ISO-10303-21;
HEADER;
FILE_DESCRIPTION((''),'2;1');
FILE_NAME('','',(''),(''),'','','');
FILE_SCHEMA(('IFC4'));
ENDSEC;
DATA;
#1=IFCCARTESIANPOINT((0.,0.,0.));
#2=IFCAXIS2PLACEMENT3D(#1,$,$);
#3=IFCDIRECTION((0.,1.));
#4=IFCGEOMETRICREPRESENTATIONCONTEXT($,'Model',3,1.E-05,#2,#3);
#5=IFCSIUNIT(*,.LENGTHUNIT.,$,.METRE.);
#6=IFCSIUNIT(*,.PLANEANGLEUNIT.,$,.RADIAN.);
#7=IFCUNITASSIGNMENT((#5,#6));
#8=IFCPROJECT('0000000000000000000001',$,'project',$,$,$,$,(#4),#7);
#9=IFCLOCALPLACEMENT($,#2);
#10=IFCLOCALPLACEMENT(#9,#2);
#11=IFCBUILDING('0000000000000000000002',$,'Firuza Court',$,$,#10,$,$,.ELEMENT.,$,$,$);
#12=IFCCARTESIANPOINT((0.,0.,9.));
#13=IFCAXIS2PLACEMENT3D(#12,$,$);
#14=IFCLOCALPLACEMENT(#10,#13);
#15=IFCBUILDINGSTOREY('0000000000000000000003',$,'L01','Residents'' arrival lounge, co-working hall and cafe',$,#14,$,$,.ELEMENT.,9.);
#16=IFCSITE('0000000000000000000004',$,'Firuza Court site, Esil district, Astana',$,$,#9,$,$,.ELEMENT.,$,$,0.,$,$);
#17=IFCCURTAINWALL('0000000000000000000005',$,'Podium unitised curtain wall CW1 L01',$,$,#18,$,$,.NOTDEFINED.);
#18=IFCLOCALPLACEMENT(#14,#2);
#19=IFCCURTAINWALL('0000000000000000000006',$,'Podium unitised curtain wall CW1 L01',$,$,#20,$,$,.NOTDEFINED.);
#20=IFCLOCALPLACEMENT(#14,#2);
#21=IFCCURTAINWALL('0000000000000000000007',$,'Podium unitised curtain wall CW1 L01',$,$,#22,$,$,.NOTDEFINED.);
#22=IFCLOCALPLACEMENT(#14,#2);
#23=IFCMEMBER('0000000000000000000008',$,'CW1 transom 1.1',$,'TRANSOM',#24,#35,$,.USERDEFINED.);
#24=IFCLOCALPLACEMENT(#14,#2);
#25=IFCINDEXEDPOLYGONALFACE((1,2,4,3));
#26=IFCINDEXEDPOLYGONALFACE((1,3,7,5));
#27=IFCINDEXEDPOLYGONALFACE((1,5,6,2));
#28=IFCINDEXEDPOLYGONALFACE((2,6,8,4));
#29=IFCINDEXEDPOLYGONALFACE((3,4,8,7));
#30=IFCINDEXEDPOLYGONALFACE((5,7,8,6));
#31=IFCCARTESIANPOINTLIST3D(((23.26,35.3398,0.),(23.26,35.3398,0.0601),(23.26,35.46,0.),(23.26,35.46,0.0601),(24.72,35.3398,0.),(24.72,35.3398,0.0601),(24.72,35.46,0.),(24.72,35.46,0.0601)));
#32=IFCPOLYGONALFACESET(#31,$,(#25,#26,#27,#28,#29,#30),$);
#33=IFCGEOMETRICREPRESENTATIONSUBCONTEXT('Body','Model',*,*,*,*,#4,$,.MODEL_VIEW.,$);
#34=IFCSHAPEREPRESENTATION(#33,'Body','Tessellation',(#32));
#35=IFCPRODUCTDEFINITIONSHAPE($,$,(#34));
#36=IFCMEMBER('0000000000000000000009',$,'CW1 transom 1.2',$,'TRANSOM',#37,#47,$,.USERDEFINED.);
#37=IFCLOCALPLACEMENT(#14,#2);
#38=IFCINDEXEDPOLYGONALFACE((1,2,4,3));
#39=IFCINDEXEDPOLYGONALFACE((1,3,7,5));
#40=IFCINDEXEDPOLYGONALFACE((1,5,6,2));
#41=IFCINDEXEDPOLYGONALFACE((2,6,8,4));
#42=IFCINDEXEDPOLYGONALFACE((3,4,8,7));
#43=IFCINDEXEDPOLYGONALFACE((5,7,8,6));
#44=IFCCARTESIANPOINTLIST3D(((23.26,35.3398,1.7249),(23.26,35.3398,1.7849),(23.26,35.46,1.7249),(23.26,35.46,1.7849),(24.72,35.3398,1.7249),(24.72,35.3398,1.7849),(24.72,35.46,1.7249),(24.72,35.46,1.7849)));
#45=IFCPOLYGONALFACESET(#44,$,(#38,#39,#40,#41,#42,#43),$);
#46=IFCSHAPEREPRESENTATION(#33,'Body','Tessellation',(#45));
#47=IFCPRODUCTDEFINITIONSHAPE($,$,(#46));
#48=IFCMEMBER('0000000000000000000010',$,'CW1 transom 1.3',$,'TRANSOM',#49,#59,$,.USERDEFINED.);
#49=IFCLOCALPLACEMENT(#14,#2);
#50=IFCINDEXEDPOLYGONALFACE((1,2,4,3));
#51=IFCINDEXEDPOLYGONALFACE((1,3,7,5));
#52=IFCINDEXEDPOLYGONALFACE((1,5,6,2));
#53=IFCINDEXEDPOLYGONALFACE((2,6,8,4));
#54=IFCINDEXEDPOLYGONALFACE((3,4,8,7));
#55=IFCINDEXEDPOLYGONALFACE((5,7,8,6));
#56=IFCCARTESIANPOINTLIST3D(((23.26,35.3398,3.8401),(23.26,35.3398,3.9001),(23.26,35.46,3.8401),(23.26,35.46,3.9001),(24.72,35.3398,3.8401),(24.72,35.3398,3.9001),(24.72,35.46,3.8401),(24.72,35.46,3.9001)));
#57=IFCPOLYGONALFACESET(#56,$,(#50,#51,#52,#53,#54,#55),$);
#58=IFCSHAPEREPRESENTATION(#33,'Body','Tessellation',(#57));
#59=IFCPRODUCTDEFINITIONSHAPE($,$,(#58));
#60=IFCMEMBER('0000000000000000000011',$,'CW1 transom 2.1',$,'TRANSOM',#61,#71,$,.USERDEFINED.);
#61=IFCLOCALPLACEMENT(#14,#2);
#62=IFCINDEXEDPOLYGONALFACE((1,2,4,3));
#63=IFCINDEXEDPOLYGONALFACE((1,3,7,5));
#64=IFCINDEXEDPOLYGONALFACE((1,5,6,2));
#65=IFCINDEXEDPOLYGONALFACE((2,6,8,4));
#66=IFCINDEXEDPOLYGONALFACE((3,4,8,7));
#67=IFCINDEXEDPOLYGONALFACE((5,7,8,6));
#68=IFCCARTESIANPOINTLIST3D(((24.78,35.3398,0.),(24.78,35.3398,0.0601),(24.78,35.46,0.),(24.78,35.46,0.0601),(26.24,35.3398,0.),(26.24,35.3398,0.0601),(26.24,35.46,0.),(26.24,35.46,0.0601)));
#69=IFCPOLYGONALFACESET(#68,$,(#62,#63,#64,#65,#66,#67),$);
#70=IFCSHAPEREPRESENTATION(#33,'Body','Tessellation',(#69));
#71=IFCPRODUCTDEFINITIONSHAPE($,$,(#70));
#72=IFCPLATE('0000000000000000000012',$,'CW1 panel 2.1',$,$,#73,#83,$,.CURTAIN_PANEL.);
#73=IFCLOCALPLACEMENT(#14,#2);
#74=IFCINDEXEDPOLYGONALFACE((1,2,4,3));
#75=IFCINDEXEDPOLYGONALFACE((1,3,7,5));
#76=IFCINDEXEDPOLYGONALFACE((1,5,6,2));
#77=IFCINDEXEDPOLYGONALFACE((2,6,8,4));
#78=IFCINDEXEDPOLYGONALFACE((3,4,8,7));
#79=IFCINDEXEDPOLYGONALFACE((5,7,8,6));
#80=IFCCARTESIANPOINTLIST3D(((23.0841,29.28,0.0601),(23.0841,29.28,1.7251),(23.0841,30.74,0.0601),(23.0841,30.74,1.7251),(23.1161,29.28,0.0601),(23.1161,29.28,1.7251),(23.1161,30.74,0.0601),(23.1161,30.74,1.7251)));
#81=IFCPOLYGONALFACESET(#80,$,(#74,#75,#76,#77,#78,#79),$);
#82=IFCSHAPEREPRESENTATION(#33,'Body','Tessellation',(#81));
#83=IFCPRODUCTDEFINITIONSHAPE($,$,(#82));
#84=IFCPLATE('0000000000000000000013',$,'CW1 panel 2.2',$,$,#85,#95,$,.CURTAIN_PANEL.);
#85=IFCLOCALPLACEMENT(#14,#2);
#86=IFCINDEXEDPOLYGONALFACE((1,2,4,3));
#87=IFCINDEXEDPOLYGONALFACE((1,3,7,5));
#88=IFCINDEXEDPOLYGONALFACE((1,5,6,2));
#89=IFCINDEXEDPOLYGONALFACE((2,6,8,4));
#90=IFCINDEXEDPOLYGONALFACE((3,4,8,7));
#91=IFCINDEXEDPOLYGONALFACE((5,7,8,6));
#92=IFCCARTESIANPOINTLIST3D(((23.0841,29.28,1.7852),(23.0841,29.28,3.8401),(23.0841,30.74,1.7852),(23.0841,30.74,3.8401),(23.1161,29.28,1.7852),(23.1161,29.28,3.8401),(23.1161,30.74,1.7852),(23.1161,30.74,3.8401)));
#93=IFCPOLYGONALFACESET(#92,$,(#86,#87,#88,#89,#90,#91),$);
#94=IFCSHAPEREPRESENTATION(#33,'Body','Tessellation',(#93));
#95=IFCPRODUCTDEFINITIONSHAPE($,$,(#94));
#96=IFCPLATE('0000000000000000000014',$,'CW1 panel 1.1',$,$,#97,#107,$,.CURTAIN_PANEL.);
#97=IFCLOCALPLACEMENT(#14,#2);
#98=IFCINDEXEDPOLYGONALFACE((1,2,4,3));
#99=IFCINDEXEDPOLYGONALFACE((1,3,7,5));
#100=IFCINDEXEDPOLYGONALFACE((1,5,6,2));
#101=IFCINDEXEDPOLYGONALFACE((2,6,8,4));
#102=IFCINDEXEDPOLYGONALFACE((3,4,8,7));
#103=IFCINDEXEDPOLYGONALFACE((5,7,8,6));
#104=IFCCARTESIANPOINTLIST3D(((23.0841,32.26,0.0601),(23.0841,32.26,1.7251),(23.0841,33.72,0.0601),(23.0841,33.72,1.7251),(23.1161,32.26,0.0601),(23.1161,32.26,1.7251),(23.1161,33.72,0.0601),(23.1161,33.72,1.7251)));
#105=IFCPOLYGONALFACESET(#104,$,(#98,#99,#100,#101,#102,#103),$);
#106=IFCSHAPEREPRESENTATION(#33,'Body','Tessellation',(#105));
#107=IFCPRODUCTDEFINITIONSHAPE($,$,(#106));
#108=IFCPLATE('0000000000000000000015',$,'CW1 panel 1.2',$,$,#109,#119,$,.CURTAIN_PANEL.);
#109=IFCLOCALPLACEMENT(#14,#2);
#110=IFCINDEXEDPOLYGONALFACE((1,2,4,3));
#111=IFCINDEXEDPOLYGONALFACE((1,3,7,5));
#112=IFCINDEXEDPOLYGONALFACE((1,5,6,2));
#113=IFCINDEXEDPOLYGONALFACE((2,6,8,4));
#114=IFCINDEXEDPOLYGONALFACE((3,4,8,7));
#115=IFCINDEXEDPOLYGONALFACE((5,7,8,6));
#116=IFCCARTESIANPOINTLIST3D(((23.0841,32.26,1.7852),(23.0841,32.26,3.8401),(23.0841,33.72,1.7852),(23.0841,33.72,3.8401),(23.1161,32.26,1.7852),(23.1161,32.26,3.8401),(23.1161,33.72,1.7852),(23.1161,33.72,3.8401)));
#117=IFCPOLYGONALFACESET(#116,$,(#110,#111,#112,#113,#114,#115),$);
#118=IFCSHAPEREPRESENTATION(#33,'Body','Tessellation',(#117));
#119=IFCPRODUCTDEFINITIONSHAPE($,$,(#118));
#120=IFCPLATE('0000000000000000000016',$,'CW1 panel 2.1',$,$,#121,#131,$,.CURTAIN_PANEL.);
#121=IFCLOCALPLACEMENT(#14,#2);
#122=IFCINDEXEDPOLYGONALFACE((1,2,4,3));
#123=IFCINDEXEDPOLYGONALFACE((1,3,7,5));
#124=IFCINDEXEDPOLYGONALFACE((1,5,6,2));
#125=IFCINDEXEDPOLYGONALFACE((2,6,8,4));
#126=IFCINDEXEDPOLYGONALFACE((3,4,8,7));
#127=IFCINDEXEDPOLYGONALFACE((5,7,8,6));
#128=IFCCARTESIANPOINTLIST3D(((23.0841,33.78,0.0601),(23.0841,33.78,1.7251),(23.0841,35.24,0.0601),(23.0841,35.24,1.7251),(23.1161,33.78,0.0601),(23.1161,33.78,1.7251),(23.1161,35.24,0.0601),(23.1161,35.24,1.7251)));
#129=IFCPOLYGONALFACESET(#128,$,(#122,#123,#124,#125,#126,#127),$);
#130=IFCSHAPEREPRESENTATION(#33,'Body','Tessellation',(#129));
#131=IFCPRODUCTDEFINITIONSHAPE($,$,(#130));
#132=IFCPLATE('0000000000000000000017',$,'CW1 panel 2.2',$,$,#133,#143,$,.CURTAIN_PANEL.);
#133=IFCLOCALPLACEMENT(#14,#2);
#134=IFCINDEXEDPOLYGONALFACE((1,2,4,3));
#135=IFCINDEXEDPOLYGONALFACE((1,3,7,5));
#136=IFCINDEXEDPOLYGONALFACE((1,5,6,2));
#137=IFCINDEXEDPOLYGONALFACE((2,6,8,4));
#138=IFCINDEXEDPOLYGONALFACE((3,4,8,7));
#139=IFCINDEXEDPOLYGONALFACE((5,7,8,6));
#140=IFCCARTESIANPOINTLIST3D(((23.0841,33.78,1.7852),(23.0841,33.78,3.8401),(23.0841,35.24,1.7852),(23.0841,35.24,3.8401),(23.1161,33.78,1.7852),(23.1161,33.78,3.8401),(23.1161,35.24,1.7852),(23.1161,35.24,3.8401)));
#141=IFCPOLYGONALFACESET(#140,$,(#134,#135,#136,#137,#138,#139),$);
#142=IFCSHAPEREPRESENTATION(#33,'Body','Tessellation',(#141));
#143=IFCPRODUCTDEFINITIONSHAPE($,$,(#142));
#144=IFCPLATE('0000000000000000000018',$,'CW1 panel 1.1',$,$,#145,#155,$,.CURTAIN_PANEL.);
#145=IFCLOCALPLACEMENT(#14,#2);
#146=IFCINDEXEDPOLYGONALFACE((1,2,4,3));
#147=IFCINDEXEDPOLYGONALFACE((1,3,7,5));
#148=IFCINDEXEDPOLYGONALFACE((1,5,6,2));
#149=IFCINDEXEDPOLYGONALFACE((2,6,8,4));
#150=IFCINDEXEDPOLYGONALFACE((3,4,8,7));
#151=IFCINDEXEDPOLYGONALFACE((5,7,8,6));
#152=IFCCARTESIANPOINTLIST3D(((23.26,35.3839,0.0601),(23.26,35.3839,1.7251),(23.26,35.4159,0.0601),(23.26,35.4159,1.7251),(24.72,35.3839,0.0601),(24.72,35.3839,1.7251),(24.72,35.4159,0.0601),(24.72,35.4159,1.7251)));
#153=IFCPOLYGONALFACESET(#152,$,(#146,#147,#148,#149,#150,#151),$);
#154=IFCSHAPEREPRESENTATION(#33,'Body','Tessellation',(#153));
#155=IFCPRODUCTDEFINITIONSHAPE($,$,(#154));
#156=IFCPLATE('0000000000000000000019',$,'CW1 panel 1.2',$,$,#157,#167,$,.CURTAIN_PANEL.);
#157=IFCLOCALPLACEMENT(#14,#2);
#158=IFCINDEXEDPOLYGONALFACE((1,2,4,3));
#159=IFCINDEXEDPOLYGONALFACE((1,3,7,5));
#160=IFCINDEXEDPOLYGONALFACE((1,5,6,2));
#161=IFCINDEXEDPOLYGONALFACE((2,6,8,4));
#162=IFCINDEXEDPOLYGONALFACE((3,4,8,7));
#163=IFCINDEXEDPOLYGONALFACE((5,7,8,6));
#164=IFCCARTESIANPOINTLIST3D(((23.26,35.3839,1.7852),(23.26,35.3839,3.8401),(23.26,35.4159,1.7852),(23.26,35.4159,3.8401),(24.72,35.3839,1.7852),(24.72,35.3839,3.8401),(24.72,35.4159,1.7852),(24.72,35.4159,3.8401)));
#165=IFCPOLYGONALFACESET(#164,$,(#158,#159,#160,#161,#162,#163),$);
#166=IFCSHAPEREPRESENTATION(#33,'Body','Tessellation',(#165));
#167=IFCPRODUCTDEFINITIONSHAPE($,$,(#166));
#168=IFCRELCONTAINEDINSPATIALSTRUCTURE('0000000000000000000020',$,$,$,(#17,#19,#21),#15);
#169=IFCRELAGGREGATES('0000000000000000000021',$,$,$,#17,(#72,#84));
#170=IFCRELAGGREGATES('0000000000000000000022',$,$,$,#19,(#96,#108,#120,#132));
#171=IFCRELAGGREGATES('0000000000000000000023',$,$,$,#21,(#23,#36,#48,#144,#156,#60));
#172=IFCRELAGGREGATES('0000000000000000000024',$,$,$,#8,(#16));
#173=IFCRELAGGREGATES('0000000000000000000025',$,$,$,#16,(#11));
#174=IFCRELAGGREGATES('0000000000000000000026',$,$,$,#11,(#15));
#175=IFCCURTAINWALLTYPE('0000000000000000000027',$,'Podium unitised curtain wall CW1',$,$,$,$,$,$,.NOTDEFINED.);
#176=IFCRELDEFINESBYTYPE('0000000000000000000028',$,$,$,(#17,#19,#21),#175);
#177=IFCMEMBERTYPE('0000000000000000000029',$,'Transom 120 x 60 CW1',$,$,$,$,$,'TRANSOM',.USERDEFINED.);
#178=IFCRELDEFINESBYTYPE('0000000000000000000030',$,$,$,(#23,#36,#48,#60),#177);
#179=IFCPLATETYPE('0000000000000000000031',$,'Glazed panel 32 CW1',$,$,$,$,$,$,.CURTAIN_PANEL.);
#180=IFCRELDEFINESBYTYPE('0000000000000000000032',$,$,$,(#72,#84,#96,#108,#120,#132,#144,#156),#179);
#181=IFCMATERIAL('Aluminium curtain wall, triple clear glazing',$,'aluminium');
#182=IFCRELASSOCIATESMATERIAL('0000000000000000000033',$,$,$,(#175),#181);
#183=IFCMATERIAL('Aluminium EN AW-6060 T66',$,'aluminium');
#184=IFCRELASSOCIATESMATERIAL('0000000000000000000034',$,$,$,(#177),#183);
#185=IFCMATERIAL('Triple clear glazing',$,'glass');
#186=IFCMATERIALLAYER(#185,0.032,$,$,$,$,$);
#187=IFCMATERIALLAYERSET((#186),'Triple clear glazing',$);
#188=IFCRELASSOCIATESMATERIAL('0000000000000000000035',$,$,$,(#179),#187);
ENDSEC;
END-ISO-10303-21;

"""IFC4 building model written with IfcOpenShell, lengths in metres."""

from ifc_helpers import new_model, si_unit, direction, frame, origin, origin_2d, place, context, subcontext, project, spatial, rectangle, extrude, material, layer, layer_set, material_profile, profile_set, type_object, element, aggregate, save


model = new_model("IFC4")

# Units and contexts
model_context = context("Model", 3, precision=1e-05, world=origin(), true_north=direction((0.0, 1.0)))
body_context = subcontext(model_context, "Body", "Model", "MODEL_VIEW")
ifc_project = project(units=[si_unit("LENGTHUNIT", "METRE"), si_unit("PLANEANGLEUNIT", "RADIAN")], contexts=[model_context])

# Site, building, storey
site_placement = place(None, origin())
site = spatial("IfcSite", under=ifc_project, at=site_placement, Name="Firuza Court site, Esil district, Astana", CompositionType="ELEMENT", RefElevation=0.0)
building_placement = place(site_placement, origin())
building = spatial("IfcBuilding", under=site, at=building_placement, Name="Firuza Court", CompositionType="ELEMENT")
storey_placement = place(building_placement, frame((0.0, 0.0, 9.0)))
storey = spatial("IfcBuildingStorey", under=building, at=storey_placement, Name="L01", Description="Residents' arrival lounge, co-working hall and cafe", CompositionType="ELEMENT", Elevation=9.0)

# Curtain wall
ifc_material_1 = material(Name="Aluminium curtain wall, triple clear glazing", Category="aluminium")
curtain_wall_type = type_object("IfcCurtainWallType", Name="Podium unitised curtain wall CW1", PredefinedType="NOTDEFINED", material=ifc_material_1)
curtain_wall_1_placement = place(storey_placement, origin())
curtain_wall_1 = element("IfcCurtainWall", 1, at=curtain_wall_1_placement, inside=storey, type_object=curtain_wall_type, Name="Podium unitised curtain wall CW1 L01", PredefinedType="NOTDEFINED")

# Curtain walls
curtain_wall_2_placement = place(storey_placement, origin())
curtain_wall_2 = element("IfcCurtainWall", 2, at=curtain_wall_2_placement, inside=storey, type_object=curtain_wall_type, Name="Podium unitised curtain wall CW1 L01", PredefinedType="NOTDEFINED")
curtain_wall_3_placement = place(storey_placement, origin())
curtain_wall_3 = element("IfcCurtainWall", 3, at=curtain_wall_3_placement, inside=storey, type_object=curtain_wall_type, Name="Podium unitised curtain wall CW1 L01", PredefinedType="NOTDEFINED")

# Members
ifc_material_2 = material(Name="Aluminium EN AW-6060 T66", Category="aluminium")
ifc_material_profile_1 = material_profile(ifc_material_2, rectangle(XDim=0.1201, YDim=0.0601, at=origin_2d()), Name="Transom 120 x 60 CW1")
ifc_profile_set_1 = profile_set([ifc_material_profile_1], Name="Aluminium EN AW-6060 T66")
member_type_1 = type_object("IfcMemberType", Name="Transom 120 x 60 CW1", ElementType="TRANSOM", PredefinedType="USERDEFINED", material=ifc_profile_set_1)
member_1_placement = place(storey_placement, frame((23.26, 35.3999, 0.03), z_axis=(1.0, 0.0, 0.0), x_axis=(0.0, 1.0, 0.0)))
member_1 = element("IfcMember", 4, at=member_1_placement, type_object=member_type_1, Name="CW1 transom 1.1", ObjectType="TRANSOM", PredefinedType="USERDEFINED", context=body_context, shape_type="SweptSolid", body=[
    extrude(rectangle(XDim=0.1201, YDim=0.0601, at=origin_2d()), origin(), (0.0, 0.0, 1.0), 1.46),
])
member_2_placement = place(storey_placement, frame((23.26, 35.3999, 1.7549), z_axis=(1.0, 0.0, 0.0), x_axis=(0.0, 1.0, 0.0)))
member_2 = element("IfcMember", 5, at=member_2_placement, type_object=member_type_1, Name="CW1 transom 1.2", ObjectType="TRANSOM", PredefinedType="USERDEFINED", context=body_context, shape_type="SweptSolid", body=[
    extrude(rectangle(XDim=0.1201, YDim=0.0601, at=origin_2d()), origin(), (0.0, 0.0, 1.0), 1.46),
])
member_3_placement = place(storey_placement, frame((23.26, 35.3999, 3.8701), z_axis=(1.0, 0.0, 0.0), x_axis=(0.0, 1.0, 0.0)))
member_3 = element("IfcMember", 6, at=member_3_placement, type_object=member_type_1, Name="CW1 transom 1.3", ObjectType="TRANSOM", PredefinedType="USERDEFINED", context=body_context, shape_type="SweptSolid", body=[
    extrude(rectangle(XDim=0.1201, YDim=0.0601, at=origin_2d()), origin(), (0.0, 0.0, 1.0), 1.46),
])
member_4_placement = place(storey_placement, frame((24.78, 35.3999, 0.03), z_axis=(1.0, 0.0, 0.0), x_axis=(0.0, 1.0, 0.0)))
member_4 = element("IfcMember", 7, at=member_4_placement, type_object=member_type_1, Name="CW1 transom 2.1", ObjectType="TRANSOM", PredefinedType="USERDEFINED", context=body_context, shape_type="SweptSolid", body=[
    extrude(rectangle(XDim=0.1201, YDim=0.0601, at=origin_2d()), origin(), (0.0, 0.0, 1.0), 1.46),
])

# Plates
ifc_material_3 = material(Name="Triple clear glazing", Category="glass")
ifc_layer = layer(ifc_material_3, 0.032)
ifc_layer_set = layer_set([ifc_layer], Name="Triple clear glazing")
plate_type = type_object("IfcPlateType", Name="Glazed panel 32 CW1", PredefinedType="CURTAIN_PANEL", material=ifc_layer_set)
plate_1_placement = place(storey_placement, frame((23.1001, 30.01, 0.0601), z_axis=(0.0, 0.0, 1.0), x_axis=(0.0, 1.0, 0.0)))
plate_1 = element("IfcPlate", 8, at=plate_1_placement, type_object=plate_type, Name="CW1 panel 2.1", PredefinedType="CURTAIN_PANEL", context=body_context, shape_type="SweptSolid", body=[
    extrude(rectangle(XDim=1.46, YDim=0.032, at=origin_2d()), origin(), (0.0, 0.0, 1.0), 1.665),
])
plate_2_placement = place(storey_placement, frame((23.1001, 30.01, 1.7852), z_axis=(0.0, 0.0, 1.0), x_axis=(0.0, 1.0, 0.0)))
plate_2 = element("IfcPlate", 9, at=plate_2_placement, type_object=plate_type, Name="CW1 panel 2.2", PredefinedType="CURTAIN_PANEL", context=body_context, shape_type="SweptSolid", body=[
    extrude(rectangle(XDim=1.46, YDim=0.032, at=origin_2d()), origin(), (0.0, 0.0, 1.0), 2.0549),
])
aggregate(curtain_wall_1, [plate_1, plate_2])
plate_3_placement = place(storey_placement, frame((23.1001, 32.99, 0.0601), z_axis=(0.0, 0.0, 1.0), x_axis=(0.0, 1.0, 0.0)))
plate_3 = element("IfcPlate", 10, at=plate_3_placement, type_object=plate_type, Name="CW1 panel 1.1", PredefinedType="CURTAIN_PANEL", context=body_context, shape_type="SweptSolid", body=[
    extrude(rectangle(XDim=1.46, YDim=0.032, at=origin_2d()), origin(), (0.0, 0.0, 1.0), 1.665),
])
plate_4_placement = place(storey_placement, frame((23.1001, 32.99, 1.7852), z_axis=(0.0, 0.0, 1.0), x_axis=(0.0, 1.0, 0.0)))
plate_4 = element("IfcPlate", 11, at=plate_4_placement, type_object=plate_type, Name="CW1 panel 1.2", PredefinedType="CURTAIN_PANEL", context=body_context, shape_type="SweptSolid", body=[
    extrude(rectangle(XDim=1.46, YDim=0.032, at=origin_2d()), origin(), (0.0, 0.0, 1.0), 2.0549),
])
plate_5_placement = place(storey_placement, frame((23.1001, 34.51, 0.0601), z_axis=(0.0, 0.0, 1.0), x_axis=(0.0, 1.0, 0.0)))
plate_5 = element("IfcPlate", 12, at=plate_5_placement, type_object=plate_type, Name="CW1 panel 2.1", PredefinedType="CURTAIN_PANEL", context=body_context, shape_type="SweptSolid", body=[
    extrude(rectangle(XDim=1.46, YDim=0.032, at=origin_2d()), origin(), (0.0, 0.0, 1.0), 1.665),
])
plate_6_placement = place(storey_placement, frame((23.1001, 34.51, 1.7852), z_axis=(0.0, 0.0, 1.0), x_axis=(0.0, 1.0, 0.0)))
plate_6 = element("IfcPlate", 13, at=plate_6_placement, type_object=plate_type, Name="CW1 panel 2.2", PredefinedType="CURTAIN_PANEL", context=body_context, shape_type="SweptSolid", body=[
    extrude(rectangle(XDim=1.46, YDim=0.032, at=origin_2d()), origin(), (0.0, 0.0, 1.0), 2.0549),
])
aggregate(curtain_wall_2, [plate_3, plate_4, plate_5, plate_6])
plate_7_placement = place(storey_placement, frame((23.99, 35.3999, 0.0601), z_axis=(0.0, 0.0, 1.0), x_axis=(1.0, 0.0, 0.0)))
plate_7 = element("IfcPlate", 14, at=plate_7_placement, type_object=plate_type, Name="CW1 panel 1.1", PredefinedType="CURTAIN_PANEL", context=body_context, shape_type="SweptSolid", body=[
    extrude(rectangle(XDim=1.46, YDim=0.032, at=origin_2d()), origin(), (0.0, 0.0, 1.0), 1.665),
])
plate_8_placement = place(storey_placement, frame((23.99, 35.3999, 1.7852), z_axis=(0.0, 0.0, 1.0), x_axis=(1.0, 0.0, 0.0)))
plate_8 = element("IfcPlate", 15, at=plate_8_placement, type_object=plate_type, Name="CW1 panel 1.2", PredefinedType="CURTAIN_PANEL", context=body_context, shape_type="SweptSolid", body=[
    extrude(rectangle(XDim=1.46, YDim=0.032, at=origin_2d()), origin(), (0.0, 0.0, 1.0), 2.0549),
])
aggregate(curtain_wall_3, [member_1, member_2, member_3, plate_7, plate_8, member_4])

save(model, "model.ifc")
